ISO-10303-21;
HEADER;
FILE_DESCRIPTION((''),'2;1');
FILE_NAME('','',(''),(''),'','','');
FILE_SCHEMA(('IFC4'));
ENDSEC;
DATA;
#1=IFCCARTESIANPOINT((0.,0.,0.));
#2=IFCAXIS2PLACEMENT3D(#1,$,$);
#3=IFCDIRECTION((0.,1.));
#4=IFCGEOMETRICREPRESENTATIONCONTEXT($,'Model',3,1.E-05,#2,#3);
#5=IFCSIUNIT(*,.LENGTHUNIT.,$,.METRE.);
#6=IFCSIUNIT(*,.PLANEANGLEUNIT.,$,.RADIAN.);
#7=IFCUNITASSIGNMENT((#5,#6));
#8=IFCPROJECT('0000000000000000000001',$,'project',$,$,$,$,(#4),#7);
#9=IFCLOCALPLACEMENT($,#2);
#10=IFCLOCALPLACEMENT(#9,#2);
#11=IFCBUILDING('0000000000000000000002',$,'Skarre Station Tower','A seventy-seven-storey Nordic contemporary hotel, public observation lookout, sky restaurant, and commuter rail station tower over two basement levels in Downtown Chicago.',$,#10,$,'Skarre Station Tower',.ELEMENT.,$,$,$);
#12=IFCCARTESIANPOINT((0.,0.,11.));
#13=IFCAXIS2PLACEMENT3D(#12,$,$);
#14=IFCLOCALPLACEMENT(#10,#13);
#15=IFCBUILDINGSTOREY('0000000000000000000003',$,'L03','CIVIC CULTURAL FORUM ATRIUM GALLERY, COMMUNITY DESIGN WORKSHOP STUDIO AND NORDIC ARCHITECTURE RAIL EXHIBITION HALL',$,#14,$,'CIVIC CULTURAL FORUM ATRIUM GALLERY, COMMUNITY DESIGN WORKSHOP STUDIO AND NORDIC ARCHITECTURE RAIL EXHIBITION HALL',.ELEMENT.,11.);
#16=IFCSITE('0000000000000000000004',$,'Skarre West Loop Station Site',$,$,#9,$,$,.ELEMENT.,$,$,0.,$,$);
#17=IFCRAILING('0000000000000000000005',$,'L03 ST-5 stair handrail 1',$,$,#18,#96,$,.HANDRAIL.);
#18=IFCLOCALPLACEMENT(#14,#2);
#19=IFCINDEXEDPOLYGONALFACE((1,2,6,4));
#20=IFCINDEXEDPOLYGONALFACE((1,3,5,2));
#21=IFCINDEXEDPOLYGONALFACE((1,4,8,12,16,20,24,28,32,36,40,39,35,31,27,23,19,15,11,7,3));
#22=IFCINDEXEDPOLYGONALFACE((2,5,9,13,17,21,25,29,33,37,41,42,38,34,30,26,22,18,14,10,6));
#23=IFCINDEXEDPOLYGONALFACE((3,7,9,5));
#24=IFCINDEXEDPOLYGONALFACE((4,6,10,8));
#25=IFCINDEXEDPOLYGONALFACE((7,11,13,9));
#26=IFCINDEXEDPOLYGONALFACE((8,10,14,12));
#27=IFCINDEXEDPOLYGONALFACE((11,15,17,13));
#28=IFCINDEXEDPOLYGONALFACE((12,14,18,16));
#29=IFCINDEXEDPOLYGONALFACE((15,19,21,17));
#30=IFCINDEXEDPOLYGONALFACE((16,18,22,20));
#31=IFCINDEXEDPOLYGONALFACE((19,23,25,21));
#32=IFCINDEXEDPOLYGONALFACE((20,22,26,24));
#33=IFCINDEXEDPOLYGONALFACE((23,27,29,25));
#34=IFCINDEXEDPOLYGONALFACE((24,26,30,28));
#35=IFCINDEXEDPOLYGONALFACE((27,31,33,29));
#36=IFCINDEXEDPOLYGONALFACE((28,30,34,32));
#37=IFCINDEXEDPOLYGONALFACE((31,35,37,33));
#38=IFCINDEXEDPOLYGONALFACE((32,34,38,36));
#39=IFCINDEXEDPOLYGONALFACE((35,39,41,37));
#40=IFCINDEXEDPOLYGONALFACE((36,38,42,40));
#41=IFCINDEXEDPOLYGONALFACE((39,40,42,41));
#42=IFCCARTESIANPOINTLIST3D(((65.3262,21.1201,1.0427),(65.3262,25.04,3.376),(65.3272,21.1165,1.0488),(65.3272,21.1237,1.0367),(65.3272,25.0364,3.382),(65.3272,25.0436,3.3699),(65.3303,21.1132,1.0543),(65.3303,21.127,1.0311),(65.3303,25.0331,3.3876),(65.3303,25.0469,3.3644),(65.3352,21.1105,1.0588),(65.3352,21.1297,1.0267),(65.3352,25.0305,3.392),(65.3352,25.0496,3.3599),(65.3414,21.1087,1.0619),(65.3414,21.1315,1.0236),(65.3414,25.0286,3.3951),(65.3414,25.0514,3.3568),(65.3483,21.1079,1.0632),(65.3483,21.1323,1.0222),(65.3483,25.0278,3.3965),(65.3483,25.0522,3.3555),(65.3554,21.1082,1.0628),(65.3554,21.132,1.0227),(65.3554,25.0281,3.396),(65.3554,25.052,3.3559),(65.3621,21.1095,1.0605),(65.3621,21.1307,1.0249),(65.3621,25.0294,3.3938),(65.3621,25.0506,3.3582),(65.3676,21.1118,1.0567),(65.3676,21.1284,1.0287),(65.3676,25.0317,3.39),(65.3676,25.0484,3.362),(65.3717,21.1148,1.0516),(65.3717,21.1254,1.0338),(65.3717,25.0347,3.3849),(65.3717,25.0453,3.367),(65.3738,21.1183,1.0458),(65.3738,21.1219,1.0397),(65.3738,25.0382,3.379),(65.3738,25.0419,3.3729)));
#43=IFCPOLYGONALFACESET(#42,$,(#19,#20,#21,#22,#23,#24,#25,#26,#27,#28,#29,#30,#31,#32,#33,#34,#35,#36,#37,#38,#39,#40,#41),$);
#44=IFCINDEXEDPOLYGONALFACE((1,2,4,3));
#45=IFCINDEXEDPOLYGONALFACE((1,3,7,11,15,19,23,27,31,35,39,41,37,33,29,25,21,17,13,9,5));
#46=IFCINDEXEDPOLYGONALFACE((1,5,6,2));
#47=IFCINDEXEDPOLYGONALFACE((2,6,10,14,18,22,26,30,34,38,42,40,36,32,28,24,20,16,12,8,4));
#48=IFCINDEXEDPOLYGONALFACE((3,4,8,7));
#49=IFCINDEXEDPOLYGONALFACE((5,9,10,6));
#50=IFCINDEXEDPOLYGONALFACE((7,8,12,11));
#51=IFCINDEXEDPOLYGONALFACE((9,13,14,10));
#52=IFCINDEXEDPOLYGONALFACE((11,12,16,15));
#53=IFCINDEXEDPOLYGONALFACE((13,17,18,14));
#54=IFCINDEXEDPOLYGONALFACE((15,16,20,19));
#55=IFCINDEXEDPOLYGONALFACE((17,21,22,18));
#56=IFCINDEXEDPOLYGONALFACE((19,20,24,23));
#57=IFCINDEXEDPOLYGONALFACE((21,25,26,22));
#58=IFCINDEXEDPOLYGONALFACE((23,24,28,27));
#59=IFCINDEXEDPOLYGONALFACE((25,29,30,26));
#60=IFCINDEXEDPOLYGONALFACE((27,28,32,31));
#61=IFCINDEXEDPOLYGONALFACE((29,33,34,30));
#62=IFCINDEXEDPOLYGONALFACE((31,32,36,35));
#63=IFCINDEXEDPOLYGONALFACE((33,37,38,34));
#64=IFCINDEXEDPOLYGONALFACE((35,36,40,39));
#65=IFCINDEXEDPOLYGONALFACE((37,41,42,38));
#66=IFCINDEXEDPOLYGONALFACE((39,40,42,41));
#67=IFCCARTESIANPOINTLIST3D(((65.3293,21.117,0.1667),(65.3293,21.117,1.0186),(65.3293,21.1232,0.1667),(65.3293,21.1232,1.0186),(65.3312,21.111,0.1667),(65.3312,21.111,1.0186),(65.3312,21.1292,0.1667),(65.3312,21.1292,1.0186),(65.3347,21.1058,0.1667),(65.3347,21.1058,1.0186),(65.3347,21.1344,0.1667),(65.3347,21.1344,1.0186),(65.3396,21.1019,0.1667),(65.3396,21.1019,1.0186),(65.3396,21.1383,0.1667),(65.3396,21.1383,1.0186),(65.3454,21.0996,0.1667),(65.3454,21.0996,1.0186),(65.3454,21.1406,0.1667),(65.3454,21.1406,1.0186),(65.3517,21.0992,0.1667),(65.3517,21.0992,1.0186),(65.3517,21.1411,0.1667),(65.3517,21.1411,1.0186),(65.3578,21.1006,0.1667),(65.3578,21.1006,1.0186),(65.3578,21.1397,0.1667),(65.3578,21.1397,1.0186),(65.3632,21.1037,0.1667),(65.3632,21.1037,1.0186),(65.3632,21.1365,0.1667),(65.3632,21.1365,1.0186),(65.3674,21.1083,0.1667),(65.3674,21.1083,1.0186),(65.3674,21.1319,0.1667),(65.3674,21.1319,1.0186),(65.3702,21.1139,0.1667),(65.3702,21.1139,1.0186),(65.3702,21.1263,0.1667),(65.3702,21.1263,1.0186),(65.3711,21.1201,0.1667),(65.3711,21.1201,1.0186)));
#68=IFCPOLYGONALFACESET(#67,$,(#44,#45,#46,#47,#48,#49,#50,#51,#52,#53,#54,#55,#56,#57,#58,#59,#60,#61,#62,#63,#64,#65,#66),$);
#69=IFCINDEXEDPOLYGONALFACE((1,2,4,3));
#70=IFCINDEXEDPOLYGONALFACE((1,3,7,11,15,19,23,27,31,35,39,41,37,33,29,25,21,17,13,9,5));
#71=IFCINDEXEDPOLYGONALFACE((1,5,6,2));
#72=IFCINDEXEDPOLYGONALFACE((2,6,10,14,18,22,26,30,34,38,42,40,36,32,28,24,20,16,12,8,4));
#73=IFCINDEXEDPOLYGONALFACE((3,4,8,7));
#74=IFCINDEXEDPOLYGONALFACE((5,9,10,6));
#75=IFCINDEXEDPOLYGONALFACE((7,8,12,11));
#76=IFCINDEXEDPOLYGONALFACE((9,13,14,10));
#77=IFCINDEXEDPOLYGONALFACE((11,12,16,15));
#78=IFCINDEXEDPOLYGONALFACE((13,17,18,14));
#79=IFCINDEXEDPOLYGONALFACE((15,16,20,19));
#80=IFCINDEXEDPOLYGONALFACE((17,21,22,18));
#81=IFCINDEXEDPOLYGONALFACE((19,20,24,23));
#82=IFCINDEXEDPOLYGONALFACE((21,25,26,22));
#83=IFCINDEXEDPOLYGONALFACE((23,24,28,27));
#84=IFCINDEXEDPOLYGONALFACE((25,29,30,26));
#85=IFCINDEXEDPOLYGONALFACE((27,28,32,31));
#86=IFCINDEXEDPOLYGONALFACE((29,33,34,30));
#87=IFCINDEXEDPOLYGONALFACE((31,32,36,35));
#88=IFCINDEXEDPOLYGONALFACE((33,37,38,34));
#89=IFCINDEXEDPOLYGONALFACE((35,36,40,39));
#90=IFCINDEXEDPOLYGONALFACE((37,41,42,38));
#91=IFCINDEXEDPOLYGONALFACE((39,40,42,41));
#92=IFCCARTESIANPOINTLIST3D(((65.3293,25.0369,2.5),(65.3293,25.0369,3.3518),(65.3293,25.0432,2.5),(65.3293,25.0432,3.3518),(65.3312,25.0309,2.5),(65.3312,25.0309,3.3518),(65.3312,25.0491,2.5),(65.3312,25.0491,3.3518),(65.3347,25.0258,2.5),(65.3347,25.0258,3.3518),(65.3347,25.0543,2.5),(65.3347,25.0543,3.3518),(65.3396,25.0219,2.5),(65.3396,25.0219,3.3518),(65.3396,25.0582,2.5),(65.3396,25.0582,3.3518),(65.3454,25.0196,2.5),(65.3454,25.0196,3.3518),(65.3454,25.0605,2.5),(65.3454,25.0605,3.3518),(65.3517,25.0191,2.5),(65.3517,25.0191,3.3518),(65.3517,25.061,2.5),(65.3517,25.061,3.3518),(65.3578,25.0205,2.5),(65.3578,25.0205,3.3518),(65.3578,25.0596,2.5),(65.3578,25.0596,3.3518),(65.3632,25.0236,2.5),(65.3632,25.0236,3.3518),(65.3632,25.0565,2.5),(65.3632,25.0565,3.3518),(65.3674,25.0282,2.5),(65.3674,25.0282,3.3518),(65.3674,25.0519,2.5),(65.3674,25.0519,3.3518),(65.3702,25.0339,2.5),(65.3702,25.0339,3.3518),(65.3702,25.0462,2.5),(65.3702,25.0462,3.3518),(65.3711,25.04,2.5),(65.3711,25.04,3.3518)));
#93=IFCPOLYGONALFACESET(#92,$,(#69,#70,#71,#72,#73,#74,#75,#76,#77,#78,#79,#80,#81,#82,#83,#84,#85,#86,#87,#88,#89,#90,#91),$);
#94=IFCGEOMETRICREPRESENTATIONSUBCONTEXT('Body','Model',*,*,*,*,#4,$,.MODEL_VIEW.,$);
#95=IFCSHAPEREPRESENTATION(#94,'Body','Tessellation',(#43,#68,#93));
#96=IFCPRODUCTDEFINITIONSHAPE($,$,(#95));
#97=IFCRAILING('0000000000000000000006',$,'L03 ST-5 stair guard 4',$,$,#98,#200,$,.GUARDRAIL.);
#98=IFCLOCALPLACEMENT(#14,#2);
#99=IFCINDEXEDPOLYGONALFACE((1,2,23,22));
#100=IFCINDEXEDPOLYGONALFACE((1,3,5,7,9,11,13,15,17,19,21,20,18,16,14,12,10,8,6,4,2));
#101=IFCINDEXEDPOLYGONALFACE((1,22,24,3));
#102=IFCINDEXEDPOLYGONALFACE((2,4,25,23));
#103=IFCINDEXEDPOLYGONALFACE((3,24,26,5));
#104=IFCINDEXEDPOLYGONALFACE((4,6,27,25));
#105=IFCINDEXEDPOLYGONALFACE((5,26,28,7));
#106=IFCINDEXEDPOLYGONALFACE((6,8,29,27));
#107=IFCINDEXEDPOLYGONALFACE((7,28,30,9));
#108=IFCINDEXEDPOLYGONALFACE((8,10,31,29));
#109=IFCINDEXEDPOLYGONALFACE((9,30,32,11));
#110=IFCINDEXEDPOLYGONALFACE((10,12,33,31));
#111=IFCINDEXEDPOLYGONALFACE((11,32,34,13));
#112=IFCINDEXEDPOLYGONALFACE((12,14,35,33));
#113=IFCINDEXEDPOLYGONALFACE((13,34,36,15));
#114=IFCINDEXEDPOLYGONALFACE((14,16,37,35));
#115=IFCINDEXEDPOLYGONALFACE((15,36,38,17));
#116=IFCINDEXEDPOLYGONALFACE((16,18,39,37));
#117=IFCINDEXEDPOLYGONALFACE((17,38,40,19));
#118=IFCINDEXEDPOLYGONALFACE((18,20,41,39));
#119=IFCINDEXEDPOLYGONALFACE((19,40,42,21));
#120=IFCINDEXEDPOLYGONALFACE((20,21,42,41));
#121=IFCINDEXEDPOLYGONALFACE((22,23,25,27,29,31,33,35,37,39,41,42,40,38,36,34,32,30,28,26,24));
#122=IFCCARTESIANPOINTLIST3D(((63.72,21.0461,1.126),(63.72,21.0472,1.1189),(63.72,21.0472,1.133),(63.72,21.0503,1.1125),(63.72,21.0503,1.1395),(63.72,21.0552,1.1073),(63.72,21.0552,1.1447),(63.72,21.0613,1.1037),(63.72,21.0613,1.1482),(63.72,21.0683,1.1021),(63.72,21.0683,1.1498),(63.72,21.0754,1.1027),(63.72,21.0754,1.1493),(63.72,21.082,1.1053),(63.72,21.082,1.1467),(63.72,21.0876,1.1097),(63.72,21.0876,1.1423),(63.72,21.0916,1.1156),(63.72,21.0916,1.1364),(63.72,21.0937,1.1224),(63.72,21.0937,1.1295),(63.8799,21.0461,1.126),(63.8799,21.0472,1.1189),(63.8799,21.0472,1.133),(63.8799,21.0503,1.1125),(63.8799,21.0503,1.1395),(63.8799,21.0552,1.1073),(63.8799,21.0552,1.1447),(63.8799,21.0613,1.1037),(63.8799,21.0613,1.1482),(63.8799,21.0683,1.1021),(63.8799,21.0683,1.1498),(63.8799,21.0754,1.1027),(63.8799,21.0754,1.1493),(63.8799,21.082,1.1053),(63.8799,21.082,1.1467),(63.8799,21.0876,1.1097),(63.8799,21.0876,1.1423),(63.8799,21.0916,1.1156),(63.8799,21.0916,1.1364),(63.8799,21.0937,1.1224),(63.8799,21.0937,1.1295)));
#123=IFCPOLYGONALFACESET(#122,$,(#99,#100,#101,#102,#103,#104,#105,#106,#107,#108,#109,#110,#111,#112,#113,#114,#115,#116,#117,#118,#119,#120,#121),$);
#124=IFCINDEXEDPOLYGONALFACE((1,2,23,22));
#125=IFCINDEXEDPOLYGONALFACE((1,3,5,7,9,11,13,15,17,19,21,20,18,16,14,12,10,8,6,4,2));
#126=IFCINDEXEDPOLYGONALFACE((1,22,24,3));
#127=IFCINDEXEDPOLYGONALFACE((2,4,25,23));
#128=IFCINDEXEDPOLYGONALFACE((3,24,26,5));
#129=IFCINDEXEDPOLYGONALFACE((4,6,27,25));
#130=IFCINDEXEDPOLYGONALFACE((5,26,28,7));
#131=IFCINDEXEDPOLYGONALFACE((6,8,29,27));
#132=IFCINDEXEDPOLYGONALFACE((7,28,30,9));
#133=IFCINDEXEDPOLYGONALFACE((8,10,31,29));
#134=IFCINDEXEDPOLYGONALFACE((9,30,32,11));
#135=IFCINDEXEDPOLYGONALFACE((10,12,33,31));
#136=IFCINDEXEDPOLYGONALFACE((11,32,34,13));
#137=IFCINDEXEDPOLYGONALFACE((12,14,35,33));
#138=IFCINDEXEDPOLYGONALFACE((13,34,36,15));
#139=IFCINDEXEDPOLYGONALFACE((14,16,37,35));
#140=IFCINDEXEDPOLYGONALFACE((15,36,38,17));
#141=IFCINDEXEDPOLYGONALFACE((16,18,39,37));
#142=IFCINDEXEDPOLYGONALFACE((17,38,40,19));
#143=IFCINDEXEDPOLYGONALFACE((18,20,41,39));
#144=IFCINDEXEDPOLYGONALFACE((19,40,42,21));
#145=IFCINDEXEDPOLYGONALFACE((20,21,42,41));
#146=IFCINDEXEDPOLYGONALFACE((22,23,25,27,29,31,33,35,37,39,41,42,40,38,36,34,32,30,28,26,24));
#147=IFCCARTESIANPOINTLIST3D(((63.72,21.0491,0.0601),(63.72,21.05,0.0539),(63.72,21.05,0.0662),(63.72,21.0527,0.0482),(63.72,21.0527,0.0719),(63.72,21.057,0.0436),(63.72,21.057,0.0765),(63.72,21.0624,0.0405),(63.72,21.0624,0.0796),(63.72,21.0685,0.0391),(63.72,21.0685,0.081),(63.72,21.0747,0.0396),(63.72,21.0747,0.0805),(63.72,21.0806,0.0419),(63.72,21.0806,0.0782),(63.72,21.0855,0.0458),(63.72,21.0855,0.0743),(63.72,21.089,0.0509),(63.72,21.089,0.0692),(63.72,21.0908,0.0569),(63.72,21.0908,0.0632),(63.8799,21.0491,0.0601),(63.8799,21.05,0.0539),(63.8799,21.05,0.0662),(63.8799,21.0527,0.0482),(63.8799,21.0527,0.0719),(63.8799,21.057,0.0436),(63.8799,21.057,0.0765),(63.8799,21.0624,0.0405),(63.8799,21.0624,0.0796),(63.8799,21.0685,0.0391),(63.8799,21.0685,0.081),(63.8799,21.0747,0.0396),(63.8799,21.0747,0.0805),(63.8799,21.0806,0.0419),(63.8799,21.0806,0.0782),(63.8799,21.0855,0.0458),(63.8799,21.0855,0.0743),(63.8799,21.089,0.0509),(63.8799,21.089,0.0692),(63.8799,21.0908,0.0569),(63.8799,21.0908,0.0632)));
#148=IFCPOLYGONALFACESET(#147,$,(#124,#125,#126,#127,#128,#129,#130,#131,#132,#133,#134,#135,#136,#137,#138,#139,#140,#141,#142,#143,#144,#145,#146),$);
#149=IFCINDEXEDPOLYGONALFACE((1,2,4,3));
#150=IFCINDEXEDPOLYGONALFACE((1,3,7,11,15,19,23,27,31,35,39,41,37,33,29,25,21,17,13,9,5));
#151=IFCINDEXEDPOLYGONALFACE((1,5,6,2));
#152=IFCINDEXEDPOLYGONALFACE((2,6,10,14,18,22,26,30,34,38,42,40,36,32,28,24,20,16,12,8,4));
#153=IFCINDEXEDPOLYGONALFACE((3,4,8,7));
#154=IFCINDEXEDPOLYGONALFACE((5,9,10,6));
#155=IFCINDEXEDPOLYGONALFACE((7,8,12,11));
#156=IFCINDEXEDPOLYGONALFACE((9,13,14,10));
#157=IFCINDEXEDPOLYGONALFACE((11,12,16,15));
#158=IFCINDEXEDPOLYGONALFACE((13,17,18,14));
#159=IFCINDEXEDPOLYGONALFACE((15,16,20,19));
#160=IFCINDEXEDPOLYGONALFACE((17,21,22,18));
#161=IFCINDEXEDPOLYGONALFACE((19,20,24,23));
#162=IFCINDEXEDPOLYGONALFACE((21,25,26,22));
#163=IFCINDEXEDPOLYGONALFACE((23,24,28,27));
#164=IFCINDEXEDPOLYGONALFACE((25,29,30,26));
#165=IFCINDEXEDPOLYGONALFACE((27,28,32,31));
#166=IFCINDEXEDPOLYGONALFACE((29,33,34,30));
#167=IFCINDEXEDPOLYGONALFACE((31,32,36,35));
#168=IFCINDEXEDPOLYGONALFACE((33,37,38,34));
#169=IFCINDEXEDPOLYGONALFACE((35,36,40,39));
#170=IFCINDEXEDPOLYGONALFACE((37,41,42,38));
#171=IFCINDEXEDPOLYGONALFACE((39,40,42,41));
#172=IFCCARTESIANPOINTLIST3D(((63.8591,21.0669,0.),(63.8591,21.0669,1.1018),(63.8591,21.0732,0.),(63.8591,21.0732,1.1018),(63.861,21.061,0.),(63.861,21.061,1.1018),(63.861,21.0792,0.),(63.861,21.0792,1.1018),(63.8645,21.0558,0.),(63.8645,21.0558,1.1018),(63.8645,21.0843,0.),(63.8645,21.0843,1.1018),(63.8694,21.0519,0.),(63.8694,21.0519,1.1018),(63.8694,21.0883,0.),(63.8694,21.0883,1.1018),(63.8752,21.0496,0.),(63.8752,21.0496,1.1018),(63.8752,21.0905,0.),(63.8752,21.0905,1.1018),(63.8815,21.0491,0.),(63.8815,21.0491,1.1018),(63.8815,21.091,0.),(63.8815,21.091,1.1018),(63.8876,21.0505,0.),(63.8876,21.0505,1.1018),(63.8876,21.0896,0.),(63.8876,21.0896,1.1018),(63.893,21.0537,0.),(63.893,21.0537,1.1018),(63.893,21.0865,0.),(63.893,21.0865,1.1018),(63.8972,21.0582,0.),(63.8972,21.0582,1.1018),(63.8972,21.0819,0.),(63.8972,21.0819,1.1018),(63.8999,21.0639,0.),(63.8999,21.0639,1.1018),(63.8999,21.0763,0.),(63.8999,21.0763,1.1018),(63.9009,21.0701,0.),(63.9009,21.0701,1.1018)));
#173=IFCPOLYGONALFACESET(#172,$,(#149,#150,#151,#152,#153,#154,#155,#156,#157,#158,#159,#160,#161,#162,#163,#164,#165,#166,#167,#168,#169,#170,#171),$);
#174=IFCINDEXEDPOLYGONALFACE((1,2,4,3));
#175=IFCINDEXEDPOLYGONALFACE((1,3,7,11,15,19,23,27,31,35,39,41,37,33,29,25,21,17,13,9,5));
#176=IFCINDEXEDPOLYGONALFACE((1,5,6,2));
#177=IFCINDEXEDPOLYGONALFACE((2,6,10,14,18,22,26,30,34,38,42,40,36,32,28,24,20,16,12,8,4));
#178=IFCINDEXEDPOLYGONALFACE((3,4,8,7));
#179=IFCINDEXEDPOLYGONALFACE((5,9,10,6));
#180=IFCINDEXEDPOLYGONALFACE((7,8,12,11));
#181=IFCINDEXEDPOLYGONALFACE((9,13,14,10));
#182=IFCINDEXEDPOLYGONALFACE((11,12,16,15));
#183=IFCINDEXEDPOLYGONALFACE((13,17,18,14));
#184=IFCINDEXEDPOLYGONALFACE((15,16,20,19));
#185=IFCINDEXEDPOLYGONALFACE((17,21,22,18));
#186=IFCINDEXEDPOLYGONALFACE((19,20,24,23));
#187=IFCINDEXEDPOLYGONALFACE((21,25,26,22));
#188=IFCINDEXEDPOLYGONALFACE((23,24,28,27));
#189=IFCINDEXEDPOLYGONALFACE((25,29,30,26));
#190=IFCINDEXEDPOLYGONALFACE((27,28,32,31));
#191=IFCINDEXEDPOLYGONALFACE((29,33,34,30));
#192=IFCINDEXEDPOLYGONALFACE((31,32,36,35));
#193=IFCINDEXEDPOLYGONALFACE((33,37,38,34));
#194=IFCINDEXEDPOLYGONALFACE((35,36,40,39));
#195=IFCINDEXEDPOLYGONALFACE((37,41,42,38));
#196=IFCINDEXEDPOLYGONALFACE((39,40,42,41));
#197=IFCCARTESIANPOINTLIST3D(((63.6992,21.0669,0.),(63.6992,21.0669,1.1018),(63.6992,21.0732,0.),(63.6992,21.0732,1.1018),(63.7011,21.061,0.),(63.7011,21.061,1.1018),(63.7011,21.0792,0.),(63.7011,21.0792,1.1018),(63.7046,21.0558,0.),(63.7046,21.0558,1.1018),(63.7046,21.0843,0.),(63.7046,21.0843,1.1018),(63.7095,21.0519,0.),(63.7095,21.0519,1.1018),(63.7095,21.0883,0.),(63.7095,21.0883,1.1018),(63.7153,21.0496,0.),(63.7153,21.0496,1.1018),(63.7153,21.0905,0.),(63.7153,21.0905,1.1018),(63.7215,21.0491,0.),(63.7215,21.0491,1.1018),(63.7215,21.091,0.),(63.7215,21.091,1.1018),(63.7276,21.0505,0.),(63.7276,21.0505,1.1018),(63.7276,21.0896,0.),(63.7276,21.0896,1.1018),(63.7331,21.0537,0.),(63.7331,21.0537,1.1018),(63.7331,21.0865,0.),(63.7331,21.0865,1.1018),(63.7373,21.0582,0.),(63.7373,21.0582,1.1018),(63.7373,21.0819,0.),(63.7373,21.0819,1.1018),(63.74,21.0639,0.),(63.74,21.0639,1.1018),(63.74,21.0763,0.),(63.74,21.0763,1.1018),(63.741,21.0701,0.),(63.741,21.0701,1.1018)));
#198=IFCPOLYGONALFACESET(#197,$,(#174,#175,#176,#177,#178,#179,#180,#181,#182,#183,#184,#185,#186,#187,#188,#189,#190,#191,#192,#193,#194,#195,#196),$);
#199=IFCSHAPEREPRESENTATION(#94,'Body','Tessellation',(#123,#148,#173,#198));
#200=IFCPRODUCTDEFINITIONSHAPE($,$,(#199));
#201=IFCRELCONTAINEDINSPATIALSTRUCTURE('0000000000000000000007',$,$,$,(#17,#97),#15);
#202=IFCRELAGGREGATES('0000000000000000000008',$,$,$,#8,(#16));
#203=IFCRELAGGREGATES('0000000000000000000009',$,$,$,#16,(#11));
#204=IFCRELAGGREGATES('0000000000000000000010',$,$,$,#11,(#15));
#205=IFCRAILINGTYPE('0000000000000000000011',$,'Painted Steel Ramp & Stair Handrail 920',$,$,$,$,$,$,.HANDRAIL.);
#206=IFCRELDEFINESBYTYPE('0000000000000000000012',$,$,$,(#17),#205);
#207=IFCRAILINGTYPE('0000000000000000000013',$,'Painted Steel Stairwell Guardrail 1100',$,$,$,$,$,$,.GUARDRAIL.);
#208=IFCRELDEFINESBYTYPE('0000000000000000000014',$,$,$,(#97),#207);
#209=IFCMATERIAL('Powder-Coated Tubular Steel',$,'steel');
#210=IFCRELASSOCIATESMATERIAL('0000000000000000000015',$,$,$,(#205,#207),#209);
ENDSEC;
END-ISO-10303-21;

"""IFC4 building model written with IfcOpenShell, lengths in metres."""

from ifc_helpers import new_model, si_unit, direction, frame, origin, origin_2d, place, context, subcontext, project, spatial, circle, extrude, material, type_object, element, save


model = new_model("IFC4")

# Units and contexts
model_context = context("Model", 3, precision=1e-05, world=origin(), true_north=direction((0.0, 1.0)))
body_context = subcontext(model_context, "Body", "Model", "MODEL_VIEW")
ifc_project = project(units=[si_unit("LENGTHUNIT", "METRE"), si_unit("PLANEANGLEUNIT", "RADIAN")], contexts=[model_context])

# Site, building, storey
site_placement = place(None, origin())
site = spatial("IfcSite", under=ifc_project, at=site_placement, Name="Skarre West Loop Station Site", CompositionType="ELEMENT", RefElevation=0.0)
building_placement = place(site_placement, origin())
building = spatial("IfcBuilding", under=site, at=building_placement, Name="Skarre Station Tower", Description="A seventy-seven-storey Nordic contemporary hotel, public observation lookout, sky restaurant, and commuter rail station tower over two basement levels in Downtown Chicago.", LongName="Skarre Station Tower", CompositionType="ELEMENT")
storey_placement = place(building_placement, frame((0.0, 0.0, 11.0)))
storey = spatial("IfcBuildingStorey", under=building, at=storey_placement, Name="L03", Description="CIVIC CULTURAL FORUM ATRIUM GALLERY, COMMUNITY DESIGN WORKSHOP STUDIO AND NORDIC ARCHITECTURE RAIL EXHIBITION HALL", LongName="CIVIC CULTURAL FORUM ATRIUM GALLERY, COMMUNITY DESIGN WORKSHOP STUDIO AND NORDIC ARCHITECTURE RAIL EXHIBITION HALL", CompositionType="ELEMENT", Elevation=11.0)

# Railings
ifc_material_1 = material(Name="Powder-Coated Tubular Steel", Category="steel")
railing_type_1 = type_object("IfcRailingType", Name="Painted Steel Ramp & Stair Handrail 920", PredefinedType="HANDRAIL", material=ifc_material_1)
railing_1_placement = place(storey_placement, frame((65.3501, 21.1201, 0.1667)))
element("IfcRailing", 1, at=railing_1_placement, inside=storey, type_object=railing_type_1, Name="L03 ST-5 stair handrail 1", PredefinedType="HANDRAIL", context=body_context, shape_type="SweptSolid", body=[
    extrude(circle(Radius=0.0239, at=origin_2d()), frame((0.0, 0.0, 0.876), z_axis=(0.0, 0.859296, 0.511478), x_axis=(-1.0, 0.0, 0.0)), (0.0, 0.0, 1.0), 4.5618),
    extrude(circle(Radius=0.021, at=origin_2d()), origin(), (0.0, 0.0, 1.0), 0.8518),
    extrude(circle(Radius=0.021, at=origin_2d()), frame((0.0, 3.9199, 2.3333)), (0.0, 0.0, 1.0), 0.8518),
])
railing_type_2 = type_object("IfcRailingType", Name="Painted Steel Stairwell Guardrail 1100", PredefinedType="GUARDRAIL", material=ifc_material_1)
railing_2_placement = place(storey_placement, frame((63.8799, 21.0701, 0.0)))
element("IfcRailing", 2, at=railing_2_placement, inside=storey, type_object=railing_type_2, Name="L03 ST-5 stair guard 4", PredefinedType="GUARDRAIL", context=body_context, shape_type="SweptSolid", body=[
    extrude(circle(Radius=0.0239, at=origin_2d()), frame((0.0, 0.0, 1.126), z_axis=(-1.0, 0.0, 0.0), x_axis=(0.0, -1.0, 0.0)), (0.0, 0.0, 1.0), 0.1599),
    extrude(circle(Radius=0.021, at=origin_2d()), frame((0.0, 0.0, 0.0601), z_axis=(-1.0, 0.0, 0.0), x_axis=(0.0, -1.0, 0.0)), (0.0, 0.0, 1.0), 0.1599),
    extrude(circle(Radius=0.021, at=origin_2d()), origin(), (0.0, 0.0, 1.0), 1.1018),
    extrude(circle(Radius=0.021, at=origin_2d()), frame((-0.1599, 0.0, 0.0)), (0.0, 0.0, 1.0), 1.1018),
])

save(model, "model.ifc")
